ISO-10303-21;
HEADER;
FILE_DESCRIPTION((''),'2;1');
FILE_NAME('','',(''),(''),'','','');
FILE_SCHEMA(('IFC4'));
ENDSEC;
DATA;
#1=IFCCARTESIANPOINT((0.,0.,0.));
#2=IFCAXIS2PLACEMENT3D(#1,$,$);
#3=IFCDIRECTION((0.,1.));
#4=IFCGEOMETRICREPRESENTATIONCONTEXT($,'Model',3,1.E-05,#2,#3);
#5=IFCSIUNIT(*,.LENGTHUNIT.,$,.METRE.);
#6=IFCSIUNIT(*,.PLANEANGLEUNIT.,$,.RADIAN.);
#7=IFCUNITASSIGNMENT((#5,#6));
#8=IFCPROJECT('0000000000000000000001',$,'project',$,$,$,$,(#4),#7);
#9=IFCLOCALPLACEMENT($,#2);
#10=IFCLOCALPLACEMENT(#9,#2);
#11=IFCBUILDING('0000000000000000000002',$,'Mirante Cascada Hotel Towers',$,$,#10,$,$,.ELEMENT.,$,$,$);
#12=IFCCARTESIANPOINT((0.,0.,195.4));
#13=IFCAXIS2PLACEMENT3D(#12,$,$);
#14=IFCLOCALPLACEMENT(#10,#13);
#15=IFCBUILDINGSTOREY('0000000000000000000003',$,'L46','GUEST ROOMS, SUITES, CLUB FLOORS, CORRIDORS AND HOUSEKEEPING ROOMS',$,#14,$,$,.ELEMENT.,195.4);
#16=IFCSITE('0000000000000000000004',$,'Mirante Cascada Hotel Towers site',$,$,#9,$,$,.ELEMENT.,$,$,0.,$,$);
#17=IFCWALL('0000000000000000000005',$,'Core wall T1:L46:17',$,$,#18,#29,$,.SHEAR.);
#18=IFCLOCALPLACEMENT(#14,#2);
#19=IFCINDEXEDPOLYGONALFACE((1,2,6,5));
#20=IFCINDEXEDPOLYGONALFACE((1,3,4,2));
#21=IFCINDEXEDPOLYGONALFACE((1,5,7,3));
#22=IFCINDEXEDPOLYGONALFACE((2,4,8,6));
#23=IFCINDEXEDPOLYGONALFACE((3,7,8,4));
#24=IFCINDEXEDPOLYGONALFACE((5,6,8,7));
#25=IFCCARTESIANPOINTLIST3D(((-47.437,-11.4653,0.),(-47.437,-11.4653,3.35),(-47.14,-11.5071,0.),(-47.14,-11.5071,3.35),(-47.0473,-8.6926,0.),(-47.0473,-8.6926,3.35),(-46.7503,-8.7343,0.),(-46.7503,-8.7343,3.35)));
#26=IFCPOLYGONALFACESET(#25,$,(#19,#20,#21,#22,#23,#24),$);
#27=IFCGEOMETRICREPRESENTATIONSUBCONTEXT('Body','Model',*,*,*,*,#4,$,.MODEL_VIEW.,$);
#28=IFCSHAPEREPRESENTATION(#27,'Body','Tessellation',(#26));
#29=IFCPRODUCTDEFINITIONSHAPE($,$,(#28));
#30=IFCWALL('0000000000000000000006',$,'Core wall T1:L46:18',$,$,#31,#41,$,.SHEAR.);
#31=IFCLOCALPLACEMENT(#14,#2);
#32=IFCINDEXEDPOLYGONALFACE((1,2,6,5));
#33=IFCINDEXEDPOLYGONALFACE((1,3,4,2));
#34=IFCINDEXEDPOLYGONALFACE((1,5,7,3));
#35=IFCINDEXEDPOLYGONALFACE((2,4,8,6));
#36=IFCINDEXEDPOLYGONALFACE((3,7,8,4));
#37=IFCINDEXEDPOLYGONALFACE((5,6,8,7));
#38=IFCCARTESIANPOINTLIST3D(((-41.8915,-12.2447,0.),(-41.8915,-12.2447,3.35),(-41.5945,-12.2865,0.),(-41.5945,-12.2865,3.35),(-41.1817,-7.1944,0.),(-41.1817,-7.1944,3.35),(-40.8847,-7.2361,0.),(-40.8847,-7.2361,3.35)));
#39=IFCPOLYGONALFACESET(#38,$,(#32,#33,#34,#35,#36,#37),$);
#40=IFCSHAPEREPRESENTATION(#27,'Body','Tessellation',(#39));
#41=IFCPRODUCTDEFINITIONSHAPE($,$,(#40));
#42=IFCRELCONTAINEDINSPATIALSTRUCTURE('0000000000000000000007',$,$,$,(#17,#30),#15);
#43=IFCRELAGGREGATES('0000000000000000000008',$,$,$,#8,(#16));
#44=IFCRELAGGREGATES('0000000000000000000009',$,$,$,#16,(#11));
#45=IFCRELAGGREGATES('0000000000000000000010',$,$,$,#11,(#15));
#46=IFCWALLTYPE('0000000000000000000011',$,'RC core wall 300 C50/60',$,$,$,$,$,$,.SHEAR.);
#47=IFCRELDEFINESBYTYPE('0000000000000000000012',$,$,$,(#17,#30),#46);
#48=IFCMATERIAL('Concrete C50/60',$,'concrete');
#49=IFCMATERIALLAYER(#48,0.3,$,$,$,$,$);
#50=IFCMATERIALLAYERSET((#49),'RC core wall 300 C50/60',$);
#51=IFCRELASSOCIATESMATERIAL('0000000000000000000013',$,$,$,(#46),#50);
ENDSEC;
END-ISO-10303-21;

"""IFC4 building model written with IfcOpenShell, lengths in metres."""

from ifc_helpers import new_model, si_unit, direction, frame, frame_2d, origin, place, context, subcontext, project, spatial, rectangle, extrude, material, layer, layer_set, type_object, element, save


model = new_model("IFC4")

# Units and contexts
model_context = context("Model", 3, precision=1e-05, world=origin(), true_north=direction((0.0, 1.0)))
body_context = subcontext(model_context, "Body", "Model", "MODEL_VIEW")
ifc_project = project(units=[si_unit("LENGTHUNIT", "METRE"), si_unit("PLANEANGLEUNIT", "RADIAN")], contexts=[model_context])

# Site, building, storey
site_placement = place(None, origin())
site = spatial("IfcSite", under=ifc_project, at=site_placement, Name="Mirante Cascada Hotel Towers site", CompositionType="ELEMENT", RefElevation=0.0)
building_placement = place(site_placement, origin())
building = spatial("IfcBuilding", under=site, at=building_placement, Name="Mirante Cascada Hotel Towers", CompositionType="ELEMENT")
storey_placement = place(building_placement, frame((0.0, 0.0, 195.4)))
storey = spatial("IfcBuildingStorey", under=building, at=storey_placement, Name="L46", Description="GUEST ROOMS, SUITES, CLUB FLOORS, CORRIDORS AND HOUSEKEEPING ROOMS", CompositionType="ELEMENT", Elevation=195.4)

# Shared definitions
ifc_material_1 = material(Name="Concrete C50/60", Category="concrete")
ifc_layer_1 = layer(ifc_material_1, 0.3)
ifc_layer_set_1 = layer_set([ifc_layer_1], Name="RC core wall 300 C50/60")
wall_type_1 = type_object("IfcWallType", Name="RC core wall 300 C50/60", PredefinedType="SHEAR", material=ifc_layer_set_1)

# Walls
for number, where, z_axis, x_axis, name in (
    (1, (-47.2885, -11.4862, 0.0), (0.0, 0.0, 1.0), (0.139181, 0.990267, 0.0), "Core wall T1:L46:17"),
):
    element("IfcWall", number, at=place(storey_placement, frame(where, z_axis=z_axis, x_axis=x_axis)), inside=storey, type_object=wall_type_1, Name=name, PredefinedType="SHEAR", context=body_context, shape_type="SweptSolid", body=[
        extrude(rectangle(XDim=2.8, YDim=0.3, at=frame_2d((1.4, 0.0))), origin(), (0.0, 0.0, 1.0), 3.35),
    ])
wall_1_placement = place(storey_placement, frame((-41.743, -12.2656, 0.0), z_axis=(0.0, 0.0, 1.0), x_axis=(0.139176, 0.990268, 0.0)))
element("IfcWall", 2, at=wall_1_placement, inside=storey, type_object=wall_type_1, Name="Core wall T1:L46:18", PredefinedType="SHEAR", context=body_context, shape_type="SweptSolid", body=[
    extrude(rectangle(XDim=5.1, YDim=0.3, at=frame_2d((2.55, 0.0))), origin(), (0.0, 0.0, 1.0), 3.35),
])

save(model, "model.ifc")
